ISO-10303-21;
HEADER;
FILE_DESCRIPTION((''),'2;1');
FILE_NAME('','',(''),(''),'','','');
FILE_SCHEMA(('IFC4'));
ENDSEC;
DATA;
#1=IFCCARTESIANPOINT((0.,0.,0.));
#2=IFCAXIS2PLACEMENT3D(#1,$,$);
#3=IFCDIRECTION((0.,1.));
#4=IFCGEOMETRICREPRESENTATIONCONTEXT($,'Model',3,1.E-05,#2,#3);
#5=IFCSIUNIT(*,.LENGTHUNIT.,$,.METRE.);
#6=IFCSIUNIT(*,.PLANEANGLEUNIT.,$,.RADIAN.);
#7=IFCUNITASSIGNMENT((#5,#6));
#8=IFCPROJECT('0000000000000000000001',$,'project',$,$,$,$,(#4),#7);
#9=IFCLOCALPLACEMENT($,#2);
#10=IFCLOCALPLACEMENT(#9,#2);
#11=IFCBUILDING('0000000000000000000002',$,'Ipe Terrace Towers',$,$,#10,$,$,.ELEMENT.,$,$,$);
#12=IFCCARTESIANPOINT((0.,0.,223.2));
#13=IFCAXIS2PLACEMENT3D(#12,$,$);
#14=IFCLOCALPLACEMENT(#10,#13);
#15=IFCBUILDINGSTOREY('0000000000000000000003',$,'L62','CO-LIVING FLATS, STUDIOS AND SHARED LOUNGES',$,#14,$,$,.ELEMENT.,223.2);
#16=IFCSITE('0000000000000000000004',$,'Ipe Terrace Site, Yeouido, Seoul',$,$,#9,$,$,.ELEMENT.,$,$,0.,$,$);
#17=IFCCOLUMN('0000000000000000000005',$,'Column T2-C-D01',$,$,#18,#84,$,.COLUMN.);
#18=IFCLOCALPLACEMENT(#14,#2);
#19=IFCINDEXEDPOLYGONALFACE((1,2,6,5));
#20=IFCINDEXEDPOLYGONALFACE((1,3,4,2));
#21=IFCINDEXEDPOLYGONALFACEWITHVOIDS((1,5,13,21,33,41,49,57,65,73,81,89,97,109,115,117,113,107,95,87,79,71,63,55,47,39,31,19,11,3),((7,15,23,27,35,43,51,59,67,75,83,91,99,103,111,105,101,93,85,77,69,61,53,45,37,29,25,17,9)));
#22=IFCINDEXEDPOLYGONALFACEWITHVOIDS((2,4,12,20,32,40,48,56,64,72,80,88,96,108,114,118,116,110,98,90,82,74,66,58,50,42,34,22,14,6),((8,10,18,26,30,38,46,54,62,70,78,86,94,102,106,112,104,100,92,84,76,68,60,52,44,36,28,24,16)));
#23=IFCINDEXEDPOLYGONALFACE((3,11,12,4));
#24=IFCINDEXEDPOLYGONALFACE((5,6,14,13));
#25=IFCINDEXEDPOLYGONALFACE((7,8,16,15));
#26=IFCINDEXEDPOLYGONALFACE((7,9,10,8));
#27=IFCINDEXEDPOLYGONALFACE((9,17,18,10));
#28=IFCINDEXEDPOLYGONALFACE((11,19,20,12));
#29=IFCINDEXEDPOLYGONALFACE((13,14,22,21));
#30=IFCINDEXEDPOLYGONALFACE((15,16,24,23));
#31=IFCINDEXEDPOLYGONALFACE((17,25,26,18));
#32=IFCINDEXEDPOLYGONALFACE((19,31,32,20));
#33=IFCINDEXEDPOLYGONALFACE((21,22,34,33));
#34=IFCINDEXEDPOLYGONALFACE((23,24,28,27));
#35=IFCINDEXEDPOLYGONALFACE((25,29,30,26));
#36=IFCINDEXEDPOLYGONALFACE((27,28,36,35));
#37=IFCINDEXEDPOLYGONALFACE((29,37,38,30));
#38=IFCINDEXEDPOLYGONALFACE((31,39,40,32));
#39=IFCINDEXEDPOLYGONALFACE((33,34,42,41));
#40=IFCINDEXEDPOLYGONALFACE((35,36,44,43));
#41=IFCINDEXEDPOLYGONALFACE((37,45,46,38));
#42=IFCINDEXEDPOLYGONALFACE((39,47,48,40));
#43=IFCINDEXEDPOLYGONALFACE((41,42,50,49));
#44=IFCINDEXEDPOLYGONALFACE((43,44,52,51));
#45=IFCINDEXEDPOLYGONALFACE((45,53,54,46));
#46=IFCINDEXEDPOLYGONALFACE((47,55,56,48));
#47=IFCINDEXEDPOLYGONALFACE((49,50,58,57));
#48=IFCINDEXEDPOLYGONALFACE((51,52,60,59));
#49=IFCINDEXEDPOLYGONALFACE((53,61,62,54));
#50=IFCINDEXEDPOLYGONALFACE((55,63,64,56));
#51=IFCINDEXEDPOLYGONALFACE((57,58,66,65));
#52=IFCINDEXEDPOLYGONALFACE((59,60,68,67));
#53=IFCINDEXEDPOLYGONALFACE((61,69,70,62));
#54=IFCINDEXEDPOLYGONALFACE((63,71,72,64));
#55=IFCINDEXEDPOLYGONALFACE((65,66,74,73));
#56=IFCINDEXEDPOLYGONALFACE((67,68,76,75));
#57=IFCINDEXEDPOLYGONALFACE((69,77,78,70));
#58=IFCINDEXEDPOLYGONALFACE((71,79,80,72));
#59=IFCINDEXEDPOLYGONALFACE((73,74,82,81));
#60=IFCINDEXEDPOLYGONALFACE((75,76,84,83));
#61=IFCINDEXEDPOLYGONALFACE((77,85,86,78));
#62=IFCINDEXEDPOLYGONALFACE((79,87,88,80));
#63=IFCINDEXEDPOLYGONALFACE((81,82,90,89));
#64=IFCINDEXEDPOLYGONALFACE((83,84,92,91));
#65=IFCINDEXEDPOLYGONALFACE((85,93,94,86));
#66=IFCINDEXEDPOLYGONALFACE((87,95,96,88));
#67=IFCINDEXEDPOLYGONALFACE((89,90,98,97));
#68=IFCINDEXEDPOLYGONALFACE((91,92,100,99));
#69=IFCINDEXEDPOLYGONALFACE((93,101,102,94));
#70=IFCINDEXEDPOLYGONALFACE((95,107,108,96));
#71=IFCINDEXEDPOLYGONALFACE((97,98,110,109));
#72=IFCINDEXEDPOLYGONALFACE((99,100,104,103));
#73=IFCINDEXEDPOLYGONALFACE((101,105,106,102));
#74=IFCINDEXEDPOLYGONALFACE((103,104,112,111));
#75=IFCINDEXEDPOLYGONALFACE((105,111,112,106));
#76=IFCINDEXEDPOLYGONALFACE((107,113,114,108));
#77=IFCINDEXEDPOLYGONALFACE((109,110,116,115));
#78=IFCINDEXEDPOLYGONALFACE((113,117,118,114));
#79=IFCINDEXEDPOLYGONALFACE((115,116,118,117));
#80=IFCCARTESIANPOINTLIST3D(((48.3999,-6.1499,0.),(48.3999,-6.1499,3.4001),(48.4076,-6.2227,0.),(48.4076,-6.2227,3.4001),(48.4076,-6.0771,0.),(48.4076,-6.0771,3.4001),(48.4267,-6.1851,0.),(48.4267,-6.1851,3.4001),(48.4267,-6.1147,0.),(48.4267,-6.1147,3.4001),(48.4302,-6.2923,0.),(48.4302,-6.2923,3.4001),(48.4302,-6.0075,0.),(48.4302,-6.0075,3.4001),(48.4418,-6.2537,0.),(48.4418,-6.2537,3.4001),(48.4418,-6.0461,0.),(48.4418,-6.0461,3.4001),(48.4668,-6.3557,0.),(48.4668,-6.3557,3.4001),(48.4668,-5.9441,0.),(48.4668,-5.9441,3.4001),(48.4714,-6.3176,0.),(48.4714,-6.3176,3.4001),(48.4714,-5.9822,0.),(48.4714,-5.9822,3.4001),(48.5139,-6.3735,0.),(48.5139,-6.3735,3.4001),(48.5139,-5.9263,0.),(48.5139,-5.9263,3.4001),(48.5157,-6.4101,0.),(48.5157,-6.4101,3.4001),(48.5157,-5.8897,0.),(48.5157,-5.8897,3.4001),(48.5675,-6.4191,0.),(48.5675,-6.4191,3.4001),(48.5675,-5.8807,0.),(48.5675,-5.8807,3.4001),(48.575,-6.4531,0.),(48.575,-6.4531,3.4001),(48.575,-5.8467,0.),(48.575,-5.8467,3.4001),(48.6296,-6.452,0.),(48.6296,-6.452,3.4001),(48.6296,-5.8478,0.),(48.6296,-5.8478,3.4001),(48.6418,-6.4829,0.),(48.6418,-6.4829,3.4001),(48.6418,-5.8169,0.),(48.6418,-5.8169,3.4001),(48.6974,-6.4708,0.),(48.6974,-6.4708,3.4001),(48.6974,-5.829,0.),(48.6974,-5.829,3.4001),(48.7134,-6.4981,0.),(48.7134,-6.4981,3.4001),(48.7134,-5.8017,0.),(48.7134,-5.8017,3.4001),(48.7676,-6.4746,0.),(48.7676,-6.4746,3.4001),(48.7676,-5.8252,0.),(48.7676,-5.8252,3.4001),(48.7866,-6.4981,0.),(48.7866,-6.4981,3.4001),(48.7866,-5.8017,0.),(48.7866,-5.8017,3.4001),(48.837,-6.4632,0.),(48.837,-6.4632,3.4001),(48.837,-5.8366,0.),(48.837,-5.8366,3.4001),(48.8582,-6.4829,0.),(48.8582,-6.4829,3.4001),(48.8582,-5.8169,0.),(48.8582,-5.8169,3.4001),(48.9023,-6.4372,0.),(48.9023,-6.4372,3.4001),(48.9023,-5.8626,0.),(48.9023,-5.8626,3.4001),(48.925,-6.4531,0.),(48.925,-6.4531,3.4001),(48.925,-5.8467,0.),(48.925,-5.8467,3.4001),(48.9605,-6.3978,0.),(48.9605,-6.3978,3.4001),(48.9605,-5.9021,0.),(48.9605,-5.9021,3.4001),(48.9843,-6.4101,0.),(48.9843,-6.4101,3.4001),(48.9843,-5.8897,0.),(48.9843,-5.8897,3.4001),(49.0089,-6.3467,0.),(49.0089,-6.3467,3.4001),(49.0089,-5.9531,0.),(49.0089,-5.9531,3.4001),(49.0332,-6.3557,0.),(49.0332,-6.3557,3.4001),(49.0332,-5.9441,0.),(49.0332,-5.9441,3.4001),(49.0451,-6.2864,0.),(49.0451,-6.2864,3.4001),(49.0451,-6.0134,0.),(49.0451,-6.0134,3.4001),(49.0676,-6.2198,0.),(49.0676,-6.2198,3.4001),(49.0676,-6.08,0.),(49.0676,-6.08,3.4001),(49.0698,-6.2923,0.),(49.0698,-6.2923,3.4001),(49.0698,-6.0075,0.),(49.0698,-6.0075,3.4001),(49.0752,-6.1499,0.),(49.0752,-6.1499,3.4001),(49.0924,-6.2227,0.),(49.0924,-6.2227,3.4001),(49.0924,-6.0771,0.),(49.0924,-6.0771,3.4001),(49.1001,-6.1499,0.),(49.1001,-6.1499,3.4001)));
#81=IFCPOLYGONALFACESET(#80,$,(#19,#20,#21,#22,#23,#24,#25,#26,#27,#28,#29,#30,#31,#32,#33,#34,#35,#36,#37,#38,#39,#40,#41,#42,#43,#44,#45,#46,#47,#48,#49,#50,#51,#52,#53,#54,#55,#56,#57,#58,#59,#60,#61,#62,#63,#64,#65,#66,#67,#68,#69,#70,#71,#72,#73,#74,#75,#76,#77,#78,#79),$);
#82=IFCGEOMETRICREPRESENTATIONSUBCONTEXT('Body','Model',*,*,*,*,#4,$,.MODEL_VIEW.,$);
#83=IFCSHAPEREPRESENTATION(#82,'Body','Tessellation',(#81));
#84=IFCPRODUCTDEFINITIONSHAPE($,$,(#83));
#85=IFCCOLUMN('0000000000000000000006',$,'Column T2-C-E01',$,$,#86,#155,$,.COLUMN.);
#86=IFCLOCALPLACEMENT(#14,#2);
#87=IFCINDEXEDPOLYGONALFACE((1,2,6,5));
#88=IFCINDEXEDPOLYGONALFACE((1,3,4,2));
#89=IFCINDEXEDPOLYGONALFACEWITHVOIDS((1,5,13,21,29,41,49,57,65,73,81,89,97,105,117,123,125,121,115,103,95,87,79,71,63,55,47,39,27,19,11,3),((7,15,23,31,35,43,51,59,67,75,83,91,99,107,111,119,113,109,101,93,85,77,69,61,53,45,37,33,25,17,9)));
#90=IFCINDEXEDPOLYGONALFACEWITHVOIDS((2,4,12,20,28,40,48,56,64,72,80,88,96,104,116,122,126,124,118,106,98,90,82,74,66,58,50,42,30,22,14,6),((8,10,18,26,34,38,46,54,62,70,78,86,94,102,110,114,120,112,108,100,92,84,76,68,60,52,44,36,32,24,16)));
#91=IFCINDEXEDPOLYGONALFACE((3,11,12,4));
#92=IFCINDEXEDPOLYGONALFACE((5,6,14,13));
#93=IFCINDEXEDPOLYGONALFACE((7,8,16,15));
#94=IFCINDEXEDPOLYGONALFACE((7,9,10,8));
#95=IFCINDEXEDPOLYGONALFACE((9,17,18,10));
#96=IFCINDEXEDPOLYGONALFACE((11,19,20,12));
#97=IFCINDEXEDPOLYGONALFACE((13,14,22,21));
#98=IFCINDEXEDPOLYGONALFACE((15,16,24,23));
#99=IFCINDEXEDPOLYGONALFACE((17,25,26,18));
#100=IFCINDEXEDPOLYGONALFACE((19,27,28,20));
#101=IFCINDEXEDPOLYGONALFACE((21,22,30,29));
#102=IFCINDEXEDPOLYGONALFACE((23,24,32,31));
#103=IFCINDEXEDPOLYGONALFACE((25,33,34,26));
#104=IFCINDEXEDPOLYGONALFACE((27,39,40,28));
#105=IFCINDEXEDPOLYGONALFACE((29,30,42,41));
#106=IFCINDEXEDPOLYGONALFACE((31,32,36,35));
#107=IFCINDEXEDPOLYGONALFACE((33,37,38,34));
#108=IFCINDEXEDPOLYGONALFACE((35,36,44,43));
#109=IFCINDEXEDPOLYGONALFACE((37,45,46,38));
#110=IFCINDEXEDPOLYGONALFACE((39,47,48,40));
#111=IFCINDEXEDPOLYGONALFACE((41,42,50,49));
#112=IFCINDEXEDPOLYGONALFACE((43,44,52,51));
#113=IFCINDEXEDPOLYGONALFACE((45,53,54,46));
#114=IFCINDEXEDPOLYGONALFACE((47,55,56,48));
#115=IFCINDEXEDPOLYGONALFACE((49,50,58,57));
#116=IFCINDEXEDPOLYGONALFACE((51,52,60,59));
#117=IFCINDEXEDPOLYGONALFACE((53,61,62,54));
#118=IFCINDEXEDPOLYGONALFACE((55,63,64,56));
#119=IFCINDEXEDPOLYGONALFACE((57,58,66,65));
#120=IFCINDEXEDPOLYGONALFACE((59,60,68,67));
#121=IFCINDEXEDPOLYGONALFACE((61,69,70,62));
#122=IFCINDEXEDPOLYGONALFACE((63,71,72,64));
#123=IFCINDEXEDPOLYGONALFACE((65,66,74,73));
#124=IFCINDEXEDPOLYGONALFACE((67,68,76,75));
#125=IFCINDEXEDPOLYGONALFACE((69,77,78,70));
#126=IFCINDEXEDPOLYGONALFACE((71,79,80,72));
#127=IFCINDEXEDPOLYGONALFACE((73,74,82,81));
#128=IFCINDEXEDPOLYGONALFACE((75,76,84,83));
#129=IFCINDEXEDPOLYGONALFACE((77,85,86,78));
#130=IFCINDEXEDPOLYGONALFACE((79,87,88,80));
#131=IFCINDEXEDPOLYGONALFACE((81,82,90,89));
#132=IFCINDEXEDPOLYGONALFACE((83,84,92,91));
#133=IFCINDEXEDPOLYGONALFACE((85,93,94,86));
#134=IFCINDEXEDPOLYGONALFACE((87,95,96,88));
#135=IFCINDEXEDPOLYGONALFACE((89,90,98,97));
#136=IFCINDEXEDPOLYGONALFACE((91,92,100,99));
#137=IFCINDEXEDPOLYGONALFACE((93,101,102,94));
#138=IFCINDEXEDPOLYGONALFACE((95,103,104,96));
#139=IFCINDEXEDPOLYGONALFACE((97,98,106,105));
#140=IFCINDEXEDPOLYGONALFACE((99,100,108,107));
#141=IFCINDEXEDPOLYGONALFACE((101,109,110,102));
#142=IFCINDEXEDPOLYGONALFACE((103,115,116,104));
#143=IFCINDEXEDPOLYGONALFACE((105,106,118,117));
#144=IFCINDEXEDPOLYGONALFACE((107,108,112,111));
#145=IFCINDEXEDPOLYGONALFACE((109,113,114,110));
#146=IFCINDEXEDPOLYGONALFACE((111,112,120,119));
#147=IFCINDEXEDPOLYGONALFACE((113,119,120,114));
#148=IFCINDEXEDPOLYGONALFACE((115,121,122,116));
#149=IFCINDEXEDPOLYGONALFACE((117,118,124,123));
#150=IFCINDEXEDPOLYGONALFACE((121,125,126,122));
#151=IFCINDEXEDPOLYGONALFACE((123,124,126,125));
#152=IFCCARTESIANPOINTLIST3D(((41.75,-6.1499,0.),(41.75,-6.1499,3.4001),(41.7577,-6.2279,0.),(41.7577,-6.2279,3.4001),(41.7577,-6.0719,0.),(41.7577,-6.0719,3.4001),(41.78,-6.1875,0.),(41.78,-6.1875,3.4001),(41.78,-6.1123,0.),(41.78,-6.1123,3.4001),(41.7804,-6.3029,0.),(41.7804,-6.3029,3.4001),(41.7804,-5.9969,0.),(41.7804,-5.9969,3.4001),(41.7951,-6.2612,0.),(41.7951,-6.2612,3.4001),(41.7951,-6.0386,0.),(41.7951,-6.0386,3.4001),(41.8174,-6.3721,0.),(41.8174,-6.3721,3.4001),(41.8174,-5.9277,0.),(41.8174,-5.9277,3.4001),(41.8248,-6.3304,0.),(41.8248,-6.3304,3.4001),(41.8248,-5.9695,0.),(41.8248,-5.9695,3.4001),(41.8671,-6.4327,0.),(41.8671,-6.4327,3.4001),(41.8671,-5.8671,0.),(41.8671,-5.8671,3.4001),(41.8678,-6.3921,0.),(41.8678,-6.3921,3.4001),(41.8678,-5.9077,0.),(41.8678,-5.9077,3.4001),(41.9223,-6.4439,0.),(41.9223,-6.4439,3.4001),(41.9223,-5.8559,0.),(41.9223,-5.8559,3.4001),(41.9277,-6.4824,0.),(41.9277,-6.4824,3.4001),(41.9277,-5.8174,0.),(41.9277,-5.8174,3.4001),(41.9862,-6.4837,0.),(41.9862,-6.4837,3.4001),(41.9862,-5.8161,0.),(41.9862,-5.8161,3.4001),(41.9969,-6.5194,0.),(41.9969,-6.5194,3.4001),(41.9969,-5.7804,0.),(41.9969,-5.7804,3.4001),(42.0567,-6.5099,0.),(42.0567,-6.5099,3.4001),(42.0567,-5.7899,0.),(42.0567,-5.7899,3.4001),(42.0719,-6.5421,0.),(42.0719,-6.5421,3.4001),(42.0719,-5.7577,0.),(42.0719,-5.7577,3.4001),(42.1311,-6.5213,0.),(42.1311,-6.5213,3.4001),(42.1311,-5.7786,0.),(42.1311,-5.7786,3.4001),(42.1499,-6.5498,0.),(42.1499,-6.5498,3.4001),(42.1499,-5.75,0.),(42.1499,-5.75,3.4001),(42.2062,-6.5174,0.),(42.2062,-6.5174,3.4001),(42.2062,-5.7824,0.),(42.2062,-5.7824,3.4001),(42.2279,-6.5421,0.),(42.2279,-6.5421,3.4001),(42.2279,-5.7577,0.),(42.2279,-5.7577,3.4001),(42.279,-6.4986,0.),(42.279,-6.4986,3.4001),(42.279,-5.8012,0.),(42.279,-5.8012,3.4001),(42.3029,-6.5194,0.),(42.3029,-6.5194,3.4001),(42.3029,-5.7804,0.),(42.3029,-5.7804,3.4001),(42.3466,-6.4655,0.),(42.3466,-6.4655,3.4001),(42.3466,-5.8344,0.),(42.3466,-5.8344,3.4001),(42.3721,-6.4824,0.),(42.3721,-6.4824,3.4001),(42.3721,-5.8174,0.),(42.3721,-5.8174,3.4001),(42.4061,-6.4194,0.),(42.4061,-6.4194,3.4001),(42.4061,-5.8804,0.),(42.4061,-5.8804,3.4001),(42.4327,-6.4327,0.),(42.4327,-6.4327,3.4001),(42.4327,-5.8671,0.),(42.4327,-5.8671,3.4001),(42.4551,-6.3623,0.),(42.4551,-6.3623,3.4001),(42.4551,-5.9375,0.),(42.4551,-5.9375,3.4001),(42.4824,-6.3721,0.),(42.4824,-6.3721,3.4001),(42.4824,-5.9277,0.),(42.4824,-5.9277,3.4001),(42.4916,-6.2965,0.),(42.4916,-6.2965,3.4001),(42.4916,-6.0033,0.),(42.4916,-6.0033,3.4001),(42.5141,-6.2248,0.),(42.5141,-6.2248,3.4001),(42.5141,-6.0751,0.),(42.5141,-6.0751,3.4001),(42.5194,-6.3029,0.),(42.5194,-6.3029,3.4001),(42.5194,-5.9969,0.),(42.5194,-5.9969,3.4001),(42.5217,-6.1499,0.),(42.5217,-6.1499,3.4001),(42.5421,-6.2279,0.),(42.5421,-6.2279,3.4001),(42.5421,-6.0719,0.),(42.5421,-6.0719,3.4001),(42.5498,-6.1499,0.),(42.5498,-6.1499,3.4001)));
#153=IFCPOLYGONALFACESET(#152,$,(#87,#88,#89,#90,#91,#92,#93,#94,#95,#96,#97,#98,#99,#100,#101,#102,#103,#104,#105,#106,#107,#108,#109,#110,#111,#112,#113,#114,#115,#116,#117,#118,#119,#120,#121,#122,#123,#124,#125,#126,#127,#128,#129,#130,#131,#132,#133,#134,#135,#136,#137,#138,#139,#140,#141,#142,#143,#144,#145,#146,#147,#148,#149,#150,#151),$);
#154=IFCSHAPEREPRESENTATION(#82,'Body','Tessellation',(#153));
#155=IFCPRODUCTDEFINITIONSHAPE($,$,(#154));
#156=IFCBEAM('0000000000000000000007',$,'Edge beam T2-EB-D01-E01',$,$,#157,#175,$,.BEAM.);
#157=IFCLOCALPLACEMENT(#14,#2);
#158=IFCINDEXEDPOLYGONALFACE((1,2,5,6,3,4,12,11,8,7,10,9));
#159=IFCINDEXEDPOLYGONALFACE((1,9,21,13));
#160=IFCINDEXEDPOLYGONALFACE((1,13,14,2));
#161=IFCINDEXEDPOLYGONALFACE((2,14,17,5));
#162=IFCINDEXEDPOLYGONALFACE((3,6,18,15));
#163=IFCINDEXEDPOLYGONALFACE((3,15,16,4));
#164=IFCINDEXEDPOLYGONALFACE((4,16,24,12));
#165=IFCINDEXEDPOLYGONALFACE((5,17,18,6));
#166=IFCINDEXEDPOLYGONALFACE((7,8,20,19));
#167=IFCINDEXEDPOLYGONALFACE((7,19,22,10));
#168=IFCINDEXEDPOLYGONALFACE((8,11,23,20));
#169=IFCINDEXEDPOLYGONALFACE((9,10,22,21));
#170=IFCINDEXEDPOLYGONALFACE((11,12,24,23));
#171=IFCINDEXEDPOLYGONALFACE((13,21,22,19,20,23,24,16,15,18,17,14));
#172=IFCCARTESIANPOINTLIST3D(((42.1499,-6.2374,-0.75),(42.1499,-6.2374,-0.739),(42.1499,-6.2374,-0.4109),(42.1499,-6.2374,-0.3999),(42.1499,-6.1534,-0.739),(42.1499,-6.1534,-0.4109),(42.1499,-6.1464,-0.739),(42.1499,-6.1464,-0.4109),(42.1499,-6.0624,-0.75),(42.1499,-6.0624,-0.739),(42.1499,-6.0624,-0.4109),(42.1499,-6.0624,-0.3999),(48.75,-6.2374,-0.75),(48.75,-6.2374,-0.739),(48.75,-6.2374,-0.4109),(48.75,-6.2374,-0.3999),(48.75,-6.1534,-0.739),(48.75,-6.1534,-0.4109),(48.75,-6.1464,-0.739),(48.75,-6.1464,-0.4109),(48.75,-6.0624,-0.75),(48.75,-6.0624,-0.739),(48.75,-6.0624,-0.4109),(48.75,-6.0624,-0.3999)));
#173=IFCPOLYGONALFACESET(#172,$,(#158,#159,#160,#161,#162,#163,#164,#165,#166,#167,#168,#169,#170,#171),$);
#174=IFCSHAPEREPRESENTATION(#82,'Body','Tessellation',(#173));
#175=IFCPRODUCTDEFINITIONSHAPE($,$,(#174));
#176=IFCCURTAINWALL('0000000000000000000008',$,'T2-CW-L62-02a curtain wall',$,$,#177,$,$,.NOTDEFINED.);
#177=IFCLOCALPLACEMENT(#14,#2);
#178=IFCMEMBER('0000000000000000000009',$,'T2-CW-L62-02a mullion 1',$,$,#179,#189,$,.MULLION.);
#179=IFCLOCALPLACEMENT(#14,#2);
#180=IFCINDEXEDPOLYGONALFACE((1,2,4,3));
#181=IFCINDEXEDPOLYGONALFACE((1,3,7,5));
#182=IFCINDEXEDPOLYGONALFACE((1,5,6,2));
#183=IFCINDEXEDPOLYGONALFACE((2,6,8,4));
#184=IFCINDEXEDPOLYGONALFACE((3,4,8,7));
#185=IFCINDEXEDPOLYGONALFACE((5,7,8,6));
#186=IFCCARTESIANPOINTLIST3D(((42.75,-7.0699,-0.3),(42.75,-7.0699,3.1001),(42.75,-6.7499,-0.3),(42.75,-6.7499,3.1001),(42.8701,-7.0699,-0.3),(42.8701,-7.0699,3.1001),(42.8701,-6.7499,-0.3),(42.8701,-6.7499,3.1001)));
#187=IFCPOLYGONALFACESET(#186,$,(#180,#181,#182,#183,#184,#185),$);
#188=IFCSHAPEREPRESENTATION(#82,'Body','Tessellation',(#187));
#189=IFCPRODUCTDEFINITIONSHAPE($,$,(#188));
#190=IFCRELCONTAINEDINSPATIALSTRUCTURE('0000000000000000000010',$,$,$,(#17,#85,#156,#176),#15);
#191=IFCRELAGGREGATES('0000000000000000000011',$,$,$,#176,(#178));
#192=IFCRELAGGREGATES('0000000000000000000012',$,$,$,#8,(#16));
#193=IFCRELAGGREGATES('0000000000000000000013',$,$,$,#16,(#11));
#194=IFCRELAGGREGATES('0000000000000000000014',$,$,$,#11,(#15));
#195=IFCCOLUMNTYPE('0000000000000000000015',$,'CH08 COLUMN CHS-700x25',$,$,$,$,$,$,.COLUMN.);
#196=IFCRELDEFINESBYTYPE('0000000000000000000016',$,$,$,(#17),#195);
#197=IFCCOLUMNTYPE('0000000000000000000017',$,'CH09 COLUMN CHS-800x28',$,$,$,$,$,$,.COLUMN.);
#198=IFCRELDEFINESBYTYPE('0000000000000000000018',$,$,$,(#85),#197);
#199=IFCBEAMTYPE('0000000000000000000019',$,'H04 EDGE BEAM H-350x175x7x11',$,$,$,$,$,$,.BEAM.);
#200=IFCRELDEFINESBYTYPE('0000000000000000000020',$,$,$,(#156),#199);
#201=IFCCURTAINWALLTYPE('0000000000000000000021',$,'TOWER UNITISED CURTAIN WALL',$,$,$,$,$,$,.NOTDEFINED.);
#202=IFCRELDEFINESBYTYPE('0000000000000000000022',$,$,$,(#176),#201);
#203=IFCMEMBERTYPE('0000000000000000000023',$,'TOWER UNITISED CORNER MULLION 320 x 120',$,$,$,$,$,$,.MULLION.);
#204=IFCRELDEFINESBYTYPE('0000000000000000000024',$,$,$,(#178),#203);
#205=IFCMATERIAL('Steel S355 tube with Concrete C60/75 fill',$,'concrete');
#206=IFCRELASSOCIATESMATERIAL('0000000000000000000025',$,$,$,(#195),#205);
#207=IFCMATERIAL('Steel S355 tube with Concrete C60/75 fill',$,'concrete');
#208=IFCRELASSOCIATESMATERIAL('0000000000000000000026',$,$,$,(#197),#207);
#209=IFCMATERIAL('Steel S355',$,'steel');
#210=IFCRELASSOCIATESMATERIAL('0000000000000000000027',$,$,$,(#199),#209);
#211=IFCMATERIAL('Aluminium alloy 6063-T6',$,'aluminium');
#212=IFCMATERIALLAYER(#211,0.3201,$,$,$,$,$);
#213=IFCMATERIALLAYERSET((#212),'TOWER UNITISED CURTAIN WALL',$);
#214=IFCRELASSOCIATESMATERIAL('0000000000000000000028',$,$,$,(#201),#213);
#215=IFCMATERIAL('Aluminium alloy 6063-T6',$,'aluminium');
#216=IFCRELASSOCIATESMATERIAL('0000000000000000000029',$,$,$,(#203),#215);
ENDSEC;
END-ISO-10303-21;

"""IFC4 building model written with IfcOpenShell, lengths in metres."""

from ifc_helpers import new_model, si_unit, direction, frame, origin, origin_2d, place, context, subcontext, project, spatial, rectangle, hollow_circle, i_section, extrude, material, layer, layer_set, material_profile, profile_set, type_object, element, aggregate, save


model = new_model("IFC4")

# Units and contexts
model_context = context("Model", 3, precision=1e-05, world=origin(), true_north=direction((0.0, 1.0)))
body_context = subcontext(model_context, "Body", "Model", "MODEL_VIEW")
ifc_project = project(units=[si_unit("LENGTHUNIT", "METRE"), si_unit("PLANEANGLEUNIT", "RADIAN")], contexts=[model_context])

# Site, building, storey
site_placement = place(None, origin())
site = spatial("IfcSite", under=ifc_project, at=site_placement, Name="Ipe Terrace Site, Yeouido, Seoul", CompositionType="ELEMENT", RefElevation=0.0)
building_placement = place(site_placement, origin())
building = spatial("IfcBuilding", under=site, at=building_placement, Name="Ipe Terrace Towers", CompositionType="ELEMENT")
storey_placement = place(building_placement, frame((0.0, 0.0, 223.2)))
storey = spatial("IfcBuildingStorey", under=building, at=storey_placement, Name="L62", Description="CO-LIVING FLATS, STUDIOS AND SHARED LOUNGES", CompositionType="ELEMENT", Elevation=223.2)

# Columns
ifc_material_1 = material(Name="Steel S355 tube with Concrete C60/75 fill", Category="concrete")
ifc_material_profile_1 = material_profile(ifc_material_1, hollow_circle(Radius=0.3501, WallThickness=0.0249, at=origin_2d()), Name="CHS-700x25")
ifc_profile_set_1 = profile_set([ifc_material_profile_1], Name="Steel S355 tube with Concrete C60/75 fill")
column_type_1 = type_object("IfcColumnType", Name="CH08 COLUMN CHS-700x25", PredefinedType="COLUMN", material=ifc_profile_set_1)
column_1_placement = place(storey_placement, frame((48.75, -6.1499, 0.0), z_axis=(0.0, 0.0, 1.0), x_axis=(1.0, 0.0, 0.0)))
element("IfcColumn", 1, at=column_1_placement, inside=storey, type_object=column_type_1, Name="Column T2-C-D01", PredefinedType="COLUMN", context=body_context, shape_type="SweptSolid", body=[
    extrude(hollow_circle(Radius=0.3501, WallThickness=0.0249, at=origin_2d()), origin(), (0.0, 0.0, 1.0), 3.4001),
])
ifc_material_2 = material(Name="Steel S355 tube with Concrete C60/75 fill", Category="concrete")
ifc_material_profile_2 = material_profile(ifc_material_2, hollow_circle(Radius=0.3999, WallThickness=0.0281, at=origin_2d()), Name="CHS-800x28")
ifc_profile_set_2 = profile_set([ifc_material_profile_2], Name="Steel S355 tube with Concrete C60/75 fill")
column_type_2 = type_object("IfcColumnType", Name="CH09 COLUMN CHS-800x28", PredefinedType="COLUMN", material=ifc_profile_set_2)
column_2_placement = place(storey_placement, frame((42.1499, -6.1499, 0.0), z_axis=(0.0, 0.0, 1.0), x_axis=(1.0, 0.0, 0.0)))
element("IfcColumn", 2, at=column_2_placement, inside=storey, type_object=column_type_2, Name="Column T2-C-E01", PredefinedType="COLUMN", context=body_context, shape_type="SweptSolid", body=[
    extrude(hollow_circle(Radius=0.3999, WallThickness=0.0281, at=origin_2d()), origin(), (0.0, 0.0, 1.0), 3.4001),
])

# Beam
ifc_material_3 = material(Name="Steel S355", Category="steel")
ifc_material_profile_3 = material_profile(ifc_material_3, i_section(OverallWidth=0.175, OverallDepth=0.3501, WebThickness=0.0071, FlangeThickness=0.011, at=origin_2d()), Name="H-350x175x7x11")
ifc_profile_set_3 = profile_set([ifc_material_profile_3], Name="Steel S355")
beam_type = type_object("IfcBeamType", Name="H04 EDGE BEAM H-350x175x7x11", PredefinedType="BEAM", material=ifc_profile_set_3)
beam_placement = place(storey_placement, frame((48.75, -6.1499, -0.575), z_axis=(-1.0, 0.0, 0.0), x_axis=(0.0, -1.0, 0.0)))
element("IfcBeam", 3, at=beam_placement, inside=storey, type_object=beam_type, Name="Edge beam T2-EB-D01-E01", PredefinedType="BEAM", context=body_context, shape_type="SweptSolid", body=[
    extrude(i_section(OverallWidth=0.175, OverallDepth=0.3501, WebThickness=0.0071, FlangeThickness=0.011, at=origin_2d()), origin(), (0.0, 0.0, 1.0), 6.6001),
])

# Curtain wall, member
ifc_material_4 = material(Name="Aluminium alloy 6063-T6", Category="aluminium")
ifc_layer_1 = layer(ifc_material_4, 0.3201)
ifc_layer_set_1 = layer_set([ifc_layer_1], Name="TOWER UNITISED CURTAIN WALL")
curtain_wall_type = type_object("IfcCurtainWallType", Name="TOWER UNITISED CURTAIN WALL", PredefinedType="NOTDEFINED", material=ifc_layer_set_1)
curtain_wall_1_placement = place(storey_placement, origin())
curtain_wall_1 = element("IfcCurtainWall", 4, at=curtain_wall_1_placement, inside=storey, type_object=curtain_wall_type, Name="T2-CW-L62-02a curtain wall", PredefinedType="NOTDEFINED")
ifc_material_5 = material(Name="Aluminium alloy 6063-T6", Category="aluminium")
ifc_material_profile_4 = material_profile(ifc_material_5, rectangle(XDim=0.3201, YDim=0.1201, at=origin_2d()), Name="TOWER UNITISED CORNER MULLION 320 x 120")
ifc_profile_set_4 = profile_set([ifc_material_profile_4], Name="Aluminium alloy 6063-T6")
member_type = type_object("IfcMemberType", Name="TOWER UNITISED CORNER MULLION 320 x 120", PredefinedType="MULLION", material=ifc_profile_set_4)
member_1_placement = place(storey_placement, frame((42.8101, -6.9099, -0.3), z_axis=(0.0, 0.0, 1.0), x_axis=(0.0, -1.0, 0.0)))
member_1 = element("IfcMember", 5, at=member_1_placement, type_object=member_type, Name="T2-CW-L62-02a mullion 1", PredefinedType="MULLION", context=body_context, shape_type="SweptSolid", body=[
    extrude(rectangle(XDim=0.3201, YDim=0.1201, at=origin_2d()), origin(), (0.0, 0.0, 1.0), 3.4001),
])

aggregate(curtain_wall_1, [member_1])

save(model, "model.ifc")
